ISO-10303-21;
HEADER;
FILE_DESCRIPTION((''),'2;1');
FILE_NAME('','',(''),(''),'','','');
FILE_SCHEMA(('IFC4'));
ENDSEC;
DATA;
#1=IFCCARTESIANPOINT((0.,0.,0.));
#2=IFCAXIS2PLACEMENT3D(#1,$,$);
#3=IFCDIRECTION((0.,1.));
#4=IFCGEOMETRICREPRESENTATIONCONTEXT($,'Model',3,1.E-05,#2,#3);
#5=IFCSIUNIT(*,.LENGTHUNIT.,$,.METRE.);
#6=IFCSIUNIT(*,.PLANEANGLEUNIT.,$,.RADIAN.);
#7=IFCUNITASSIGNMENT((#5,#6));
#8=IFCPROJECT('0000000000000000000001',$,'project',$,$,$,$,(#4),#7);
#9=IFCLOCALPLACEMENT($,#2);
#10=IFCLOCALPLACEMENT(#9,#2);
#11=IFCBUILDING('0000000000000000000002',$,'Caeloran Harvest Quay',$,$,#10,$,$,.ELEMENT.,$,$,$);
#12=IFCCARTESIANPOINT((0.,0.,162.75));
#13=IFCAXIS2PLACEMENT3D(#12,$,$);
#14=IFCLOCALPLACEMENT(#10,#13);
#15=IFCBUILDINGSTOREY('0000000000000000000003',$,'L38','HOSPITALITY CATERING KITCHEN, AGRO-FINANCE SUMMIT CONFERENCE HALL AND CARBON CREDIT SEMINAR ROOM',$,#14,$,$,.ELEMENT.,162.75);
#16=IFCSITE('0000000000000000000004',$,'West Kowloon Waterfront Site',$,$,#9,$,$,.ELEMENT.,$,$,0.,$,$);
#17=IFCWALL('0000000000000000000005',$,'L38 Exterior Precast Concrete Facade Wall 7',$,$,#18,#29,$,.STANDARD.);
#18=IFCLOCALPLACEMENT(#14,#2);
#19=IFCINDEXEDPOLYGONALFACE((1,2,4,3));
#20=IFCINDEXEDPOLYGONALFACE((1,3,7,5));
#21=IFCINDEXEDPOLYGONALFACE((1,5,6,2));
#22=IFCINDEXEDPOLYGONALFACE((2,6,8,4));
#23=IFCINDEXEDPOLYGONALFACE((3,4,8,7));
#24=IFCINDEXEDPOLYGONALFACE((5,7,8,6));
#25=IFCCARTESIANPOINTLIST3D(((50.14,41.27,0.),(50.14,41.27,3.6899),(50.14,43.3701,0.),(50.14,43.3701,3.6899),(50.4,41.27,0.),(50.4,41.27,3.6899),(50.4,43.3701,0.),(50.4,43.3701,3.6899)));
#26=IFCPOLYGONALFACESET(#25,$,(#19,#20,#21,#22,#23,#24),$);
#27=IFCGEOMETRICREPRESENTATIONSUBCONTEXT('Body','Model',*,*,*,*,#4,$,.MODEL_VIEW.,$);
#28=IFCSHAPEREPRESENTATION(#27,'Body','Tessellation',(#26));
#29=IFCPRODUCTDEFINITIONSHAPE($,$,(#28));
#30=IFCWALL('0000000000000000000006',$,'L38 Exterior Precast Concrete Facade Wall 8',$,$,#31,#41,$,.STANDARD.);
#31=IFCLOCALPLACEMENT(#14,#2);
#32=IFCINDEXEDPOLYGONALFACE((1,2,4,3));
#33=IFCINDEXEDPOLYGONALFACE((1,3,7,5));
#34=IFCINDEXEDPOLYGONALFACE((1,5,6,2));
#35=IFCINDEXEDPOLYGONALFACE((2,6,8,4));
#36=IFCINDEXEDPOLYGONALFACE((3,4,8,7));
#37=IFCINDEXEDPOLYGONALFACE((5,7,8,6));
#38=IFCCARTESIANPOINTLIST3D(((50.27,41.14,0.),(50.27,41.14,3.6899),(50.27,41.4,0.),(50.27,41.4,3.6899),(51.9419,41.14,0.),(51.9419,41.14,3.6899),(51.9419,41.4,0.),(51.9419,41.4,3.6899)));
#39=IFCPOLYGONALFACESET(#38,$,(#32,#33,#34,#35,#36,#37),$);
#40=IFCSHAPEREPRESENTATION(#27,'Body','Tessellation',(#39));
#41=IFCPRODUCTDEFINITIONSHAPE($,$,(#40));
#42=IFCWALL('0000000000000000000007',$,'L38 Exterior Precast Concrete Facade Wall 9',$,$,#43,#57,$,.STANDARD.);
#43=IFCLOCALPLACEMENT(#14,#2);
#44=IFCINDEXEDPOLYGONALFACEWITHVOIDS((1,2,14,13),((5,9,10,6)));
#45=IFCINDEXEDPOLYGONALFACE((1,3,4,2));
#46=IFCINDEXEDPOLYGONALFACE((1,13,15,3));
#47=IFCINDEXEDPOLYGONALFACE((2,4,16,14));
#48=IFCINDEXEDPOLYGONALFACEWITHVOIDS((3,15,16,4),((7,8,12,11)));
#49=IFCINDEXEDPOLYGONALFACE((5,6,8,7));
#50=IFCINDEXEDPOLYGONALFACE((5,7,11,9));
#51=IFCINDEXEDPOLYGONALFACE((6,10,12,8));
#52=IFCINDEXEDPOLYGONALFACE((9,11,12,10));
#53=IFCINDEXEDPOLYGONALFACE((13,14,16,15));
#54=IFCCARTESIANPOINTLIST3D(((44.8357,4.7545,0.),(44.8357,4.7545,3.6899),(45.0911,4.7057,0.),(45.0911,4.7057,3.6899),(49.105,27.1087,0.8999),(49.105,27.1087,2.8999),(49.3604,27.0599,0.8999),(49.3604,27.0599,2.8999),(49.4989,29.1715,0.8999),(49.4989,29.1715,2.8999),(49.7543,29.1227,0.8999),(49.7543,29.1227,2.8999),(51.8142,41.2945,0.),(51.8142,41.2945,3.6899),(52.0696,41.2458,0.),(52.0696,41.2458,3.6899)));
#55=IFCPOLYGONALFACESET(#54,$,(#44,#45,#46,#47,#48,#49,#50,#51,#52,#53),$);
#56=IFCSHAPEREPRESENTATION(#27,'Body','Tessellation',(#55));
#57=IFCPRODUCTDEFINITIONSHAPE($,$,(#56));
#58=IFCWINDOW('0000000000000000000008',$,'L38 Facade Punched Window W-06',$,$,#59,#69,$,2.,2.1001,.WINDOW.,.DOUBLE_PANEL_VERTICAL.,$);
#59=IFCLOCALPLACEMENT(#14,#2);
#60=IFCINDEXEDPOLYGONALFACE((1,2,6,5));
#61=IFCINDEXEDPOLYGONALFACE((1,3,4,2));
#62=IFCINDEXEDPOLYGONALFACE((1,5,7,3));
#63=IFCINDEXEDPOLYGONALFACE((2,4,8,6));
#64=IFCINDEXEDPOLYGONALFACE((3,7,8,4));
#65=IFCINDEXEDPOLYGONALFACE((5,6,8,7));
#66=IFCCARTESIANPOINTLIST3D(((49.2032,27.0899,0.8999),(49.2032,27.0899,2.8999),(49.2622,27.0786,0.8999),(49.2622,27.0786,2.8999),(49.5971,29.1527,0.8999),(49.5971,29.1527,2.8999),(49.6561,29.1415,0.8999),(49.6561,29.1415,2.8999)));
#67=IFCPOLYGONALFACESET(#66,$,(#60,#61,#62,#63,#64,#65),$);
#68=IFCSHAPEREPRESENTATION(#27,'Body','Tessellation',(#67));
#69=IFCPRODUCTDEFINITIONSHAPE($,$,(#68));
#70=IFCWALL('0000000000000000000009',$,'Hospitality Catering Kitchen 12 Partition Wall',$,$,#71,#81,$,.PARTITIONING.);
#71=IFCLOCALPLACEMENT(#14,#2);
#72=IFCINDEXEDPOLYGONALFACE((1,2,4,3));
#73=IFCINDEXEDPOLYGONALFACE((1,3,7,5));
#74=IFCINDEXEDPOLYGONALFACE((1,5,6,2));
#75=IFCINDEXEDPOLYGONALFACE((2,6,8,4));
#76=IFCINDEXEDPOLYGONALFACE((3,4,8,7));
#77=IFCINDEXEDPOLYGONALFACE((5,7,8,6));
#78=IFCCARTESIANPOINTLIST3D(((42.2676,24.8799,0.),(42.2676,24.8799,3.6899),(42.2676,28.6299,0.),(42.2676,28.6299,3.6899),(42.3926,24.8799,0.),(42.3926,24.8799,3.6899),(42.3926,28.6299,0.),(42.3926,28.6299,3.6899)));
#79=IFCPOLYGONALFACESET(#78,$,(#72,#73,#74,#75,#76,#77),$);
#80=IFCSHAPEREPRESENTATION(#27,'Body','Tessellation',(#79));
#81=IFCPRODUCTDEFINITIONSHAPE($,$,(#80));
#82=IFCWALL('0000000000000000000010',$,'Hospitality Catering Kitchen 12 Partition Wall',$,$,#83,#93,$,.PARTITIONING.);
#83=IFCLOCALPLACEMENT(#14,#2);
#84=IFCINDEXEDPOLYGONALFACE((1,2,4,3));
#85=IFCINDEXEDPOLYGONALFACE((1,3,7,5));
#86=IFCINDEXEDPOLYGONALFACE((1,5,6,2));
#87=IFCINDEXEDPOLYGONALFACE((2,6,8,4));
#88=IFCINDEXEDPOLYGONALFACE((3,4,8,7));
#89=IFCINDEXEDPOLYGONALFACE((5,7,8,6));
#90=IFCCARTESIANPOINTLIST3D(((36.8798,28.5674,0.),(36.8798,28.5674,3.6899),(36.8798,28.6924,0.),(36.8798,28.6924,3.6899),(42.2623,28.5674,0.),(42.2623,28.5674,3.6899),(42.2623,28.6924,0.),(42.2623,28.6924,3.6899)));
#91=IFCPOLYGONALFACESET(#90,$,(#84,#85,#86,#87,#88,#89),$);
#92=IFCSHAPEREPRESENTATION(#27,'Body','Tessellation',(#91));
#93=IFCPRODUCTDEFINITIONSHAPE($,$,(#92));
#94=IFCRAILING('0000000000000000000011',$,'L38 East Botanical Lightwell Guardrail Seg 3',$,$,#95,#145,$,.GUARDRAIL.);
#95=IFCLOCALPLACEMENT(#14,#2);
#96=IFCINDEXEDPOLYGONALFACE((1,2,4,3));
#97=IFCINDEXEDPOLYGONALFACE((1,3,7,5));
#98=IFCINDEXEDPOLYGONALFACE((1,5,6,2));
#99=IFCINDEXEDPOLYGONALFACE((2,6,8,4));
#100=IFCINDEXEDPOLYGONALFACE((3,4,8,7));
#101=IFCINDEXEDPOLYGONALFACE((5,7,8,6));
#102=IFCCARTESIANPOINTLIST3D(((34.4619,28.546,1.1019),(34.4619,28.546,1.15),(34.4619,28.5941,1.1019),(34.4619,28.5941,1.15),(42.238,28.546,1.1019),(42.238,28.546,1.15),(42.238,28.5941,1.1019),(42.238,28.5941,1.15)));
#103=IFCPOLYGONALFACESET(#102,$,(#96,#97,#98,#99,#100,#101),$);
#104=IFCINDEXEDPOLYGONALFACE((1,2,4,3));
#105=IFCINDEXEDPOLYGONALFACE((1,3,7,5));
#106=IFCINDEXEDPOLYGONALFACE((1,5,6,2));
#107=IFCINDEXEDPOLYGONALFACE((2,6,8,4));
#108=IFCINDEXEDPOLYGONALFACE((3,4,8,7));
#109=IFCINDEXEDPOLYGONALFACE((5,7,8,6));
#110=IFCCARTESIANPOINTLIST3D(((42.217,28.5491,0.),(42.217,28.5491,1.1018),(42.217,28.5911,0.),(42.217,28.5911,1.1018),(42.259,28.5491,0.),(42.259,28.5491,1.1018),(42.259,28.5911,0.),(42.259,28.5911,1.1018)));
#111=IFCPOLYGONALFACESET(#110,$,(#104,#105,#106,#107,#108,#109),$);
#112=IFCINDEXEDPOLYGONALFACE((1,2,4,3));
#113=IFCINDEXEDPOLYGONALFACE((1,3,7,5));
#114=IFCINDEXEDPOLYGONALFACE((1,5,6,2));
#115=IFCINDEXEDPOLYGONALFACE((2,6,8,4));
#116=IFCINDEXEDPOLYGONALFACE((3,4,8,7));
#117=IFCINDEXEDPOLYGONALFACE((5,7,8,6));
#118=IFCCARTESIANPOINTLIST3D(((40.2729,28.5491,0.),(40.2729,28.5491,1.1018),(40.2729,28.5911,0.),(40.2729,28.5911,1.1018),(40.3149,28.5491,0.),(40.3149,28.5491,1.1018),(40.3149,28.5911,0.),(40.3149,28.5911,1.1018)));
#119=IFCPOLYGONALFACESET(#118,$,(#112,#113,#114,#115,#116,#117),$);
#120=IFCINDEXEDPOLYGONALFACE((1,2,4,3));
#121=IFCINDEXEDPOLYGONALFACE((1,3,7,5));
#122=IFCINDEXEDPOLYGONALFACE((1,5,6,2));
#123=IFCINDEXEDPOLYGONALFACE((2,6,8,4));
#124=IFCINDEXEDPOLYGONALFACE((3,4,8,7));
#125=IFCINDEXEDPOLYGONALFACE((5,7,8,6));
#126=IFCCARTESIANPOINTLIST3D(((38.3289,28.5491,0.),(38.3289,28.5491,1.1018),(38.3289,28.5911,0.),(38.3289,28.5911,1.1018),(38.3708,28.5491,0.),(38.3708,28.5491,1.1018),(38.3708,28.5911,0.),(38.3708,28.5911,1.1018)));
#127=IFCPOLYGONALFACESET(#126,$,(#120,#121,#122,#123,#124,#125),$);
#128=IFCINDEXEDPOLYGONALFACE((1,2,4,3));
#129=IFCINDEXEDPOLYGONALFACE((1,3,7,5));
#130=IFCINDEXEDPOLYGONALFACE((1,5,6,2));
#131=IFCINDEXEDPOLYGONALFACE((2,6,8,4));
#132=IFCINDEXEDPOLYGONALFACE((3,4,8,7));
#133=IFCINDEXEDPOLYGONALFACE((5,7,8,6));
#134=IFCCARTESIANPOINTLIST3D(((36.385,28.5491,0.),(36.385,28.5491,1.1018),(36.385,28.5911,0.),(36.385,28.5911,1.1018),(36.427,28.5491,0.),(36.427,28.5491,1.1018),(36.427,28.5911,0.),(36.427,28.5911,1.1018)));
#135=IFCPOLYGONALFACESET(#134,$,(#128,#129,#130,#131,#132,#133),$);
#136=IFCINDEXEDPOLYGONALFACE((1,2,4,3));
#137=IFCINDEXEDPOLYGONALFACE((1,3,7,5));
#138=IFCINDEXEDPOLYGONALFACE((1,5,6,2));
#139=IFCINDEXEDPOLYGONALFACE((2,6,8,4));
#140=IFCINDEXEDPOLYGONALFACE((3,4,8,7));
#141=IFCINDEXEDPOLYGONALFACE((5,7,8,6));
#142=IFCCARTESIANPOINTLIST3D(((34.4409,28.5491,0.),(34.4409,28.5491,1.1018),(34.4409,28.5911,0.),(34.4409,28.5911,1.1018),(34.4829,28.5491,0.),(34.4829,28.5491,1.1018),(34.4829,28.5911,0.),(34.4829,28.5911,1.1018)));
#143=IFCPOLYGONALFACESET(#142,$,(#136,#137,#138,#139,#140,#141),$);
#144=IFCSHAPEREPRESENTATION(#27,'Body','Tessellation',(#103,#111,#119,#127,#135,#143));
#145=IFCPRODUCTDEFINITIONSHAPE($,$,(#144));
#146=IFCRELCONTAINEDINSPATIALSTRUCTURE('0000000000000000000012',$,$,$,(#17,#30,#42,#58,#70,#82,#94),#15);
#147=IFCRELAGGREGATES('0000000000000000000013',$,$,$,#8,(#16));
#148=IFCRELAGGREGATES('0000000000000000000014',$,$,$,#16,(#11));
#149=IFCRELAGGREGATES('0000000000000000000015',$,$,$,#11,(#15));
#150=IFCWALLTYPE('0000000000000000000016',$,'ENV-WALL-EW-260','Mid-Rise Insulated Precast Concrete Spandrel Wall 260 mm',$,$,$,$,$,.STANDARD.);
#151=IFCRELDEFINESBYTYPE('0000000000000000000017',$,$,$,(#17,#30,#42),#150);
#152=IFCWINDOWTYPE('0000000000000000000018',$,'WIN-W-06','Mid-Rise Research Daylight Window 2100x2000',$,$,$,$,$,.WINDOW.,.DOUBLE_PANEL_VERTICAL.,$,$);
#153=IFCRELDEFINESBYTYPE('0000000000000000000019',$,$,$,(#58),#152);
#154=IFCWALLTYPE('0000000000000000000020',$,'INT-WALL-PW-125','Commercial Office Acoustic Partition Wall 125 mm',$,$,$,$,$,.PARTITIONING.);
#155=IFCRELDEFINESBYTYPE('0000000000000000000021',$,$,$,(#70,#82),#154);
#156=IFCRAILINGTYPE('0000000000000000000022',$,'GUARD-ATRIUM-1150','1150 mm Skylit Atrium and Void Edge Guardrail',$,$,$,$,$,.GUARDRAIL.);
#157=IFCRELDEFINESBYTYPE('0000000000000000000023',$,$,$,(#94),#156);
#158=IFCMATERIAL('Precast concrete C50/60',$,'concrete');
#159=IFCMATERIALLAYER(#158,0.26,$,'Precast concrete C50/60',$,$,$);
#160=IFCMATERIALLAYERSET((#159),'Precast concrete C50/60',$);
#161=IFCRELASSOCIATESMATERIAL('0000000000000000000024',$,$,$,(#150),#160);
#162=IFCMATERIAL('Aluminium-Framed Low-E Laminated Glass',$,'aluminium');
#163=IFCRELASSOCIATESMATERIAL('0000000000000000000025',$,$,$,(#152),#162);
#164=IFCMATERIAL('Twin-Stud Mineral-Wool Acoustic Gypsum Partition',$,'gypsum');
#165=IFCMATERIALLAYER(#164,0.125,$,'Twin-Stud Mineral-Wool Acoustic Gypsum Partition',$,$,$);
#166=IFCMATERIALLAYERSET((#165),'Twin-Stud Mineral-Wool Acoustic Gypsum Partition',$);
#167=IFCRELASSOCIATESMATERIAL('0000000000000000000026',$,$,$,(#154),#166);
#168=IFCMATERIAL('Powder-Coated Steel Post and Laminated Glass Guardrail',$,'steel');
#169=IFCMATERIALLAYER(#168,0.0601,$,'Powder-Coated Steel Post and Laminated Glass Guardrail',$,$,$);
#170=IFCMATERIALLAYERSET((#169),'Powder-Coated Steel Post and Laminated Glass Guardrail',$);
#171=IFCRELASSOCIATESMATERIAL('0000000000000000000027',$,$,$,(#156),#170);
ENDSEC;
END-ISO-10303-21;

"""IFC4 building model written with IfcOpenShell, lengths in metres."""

from ifc_helpers import new_model, si_unit, direction, frame, frame_2d, origin, origin_2d, place, context, subcontext, project, spatial, rectangle, extrude, material, layer, layer_set, type_object, element, fill, save


model = new_model("IFC4")

# Units and contexts
model_context = context("Model", 3, precision=1e-05, world=origin(), true_north=direction((0.0, 1.0)))
body_context = subcontext(model_context, "Body", "Model", "MODEL_VIEW")
ifc_project = project(units=[si_unit("LENGTHUNIT", "METRE"), si_unit("PLANEANGLEUNIT", "RADIAN")], contexts=[model_context])

# Site, building, storey
site_placement = place(None, origin())
site = spatial("IfcSite", under=ifc_project, at=site_placement, Name="West Kowloon Waterfront Site", CompositionType="ELEMENT", RefElevation=0.0)
building_placement = place(site_placement, origin())
building = spatial("IfcBuilding", under=site, at=building_placement, Name="Caeloran Harvest Quay", CompositionType="ELEMENT")
storey_placement = place(building_placement, frame((0.0, 0.0, 162.75)))
storey = spatial("IfcBuildingStorey", under=building, at=storey_placement, Name="L38", Description="HOSPITALITY CATERING KITCHEN, AGRO-FINANCE SUMMIT CONFERENCE HALL AND CARBON CREDIT SEMINAR ROOM", CompositionType="ELEMENT", Elevation=162.75)

# Walls
ifc_material_1 = material(Name="Precast concrete C50/60", Category="concrete")
ifc_layer_1 = layer(ifc_material_1, 0.26, Name="Precast concrete C50/60")
ifc_layer_set_1 = layer_set([ifc_layer_1], Name="Precast concrete C50/60")
wall_type_1 = type_object("IfcWallType", Name="ENV-WALL-EW-260", Description="Mid-Rise Insulated Precast Concrete Spandrel Wall 260 mm", PredefinedType="STANDARD", material=ifc_layer_set_1)
wall_1_placement = place(storey_placement, frame((50.27, 43.3701, 0.0), z_axis=(0.0, 0.0, 1.0), x_axis=(0.0, -1.0, 0.0)))
element("IfcWall", 1, at=wall_1_placement, inside=storey, type_object=wall_type_1, Name="L38 Exterior Precast Concrete Facade Wall 7", PredefinedType="STANDARD", context=body_context, shape_type="SweptSolid", body=[
    extrude(rectangle(XDim=2.1001, YDim=0.26, at=frame_2d((1.05, 0.0))), origin(), (0.0, 0.0, 1.0), 3.6899),
])
wall_2_placement = place(storey_placement, frame((50.27, 41.27, 0.0), z_axis=(0.0, 0.0, 1.0), x_axis=(1.0, 0.0, 0.0)))
element("IfcWall", 2, at=wall_2_placement, inside=storey, type_object=wall_type_1, Name="L38 Exterior Precast Concrete Facade Wall 8", PredefinedType="STANDARD", context=body_context, shape_type="SweptSolid", body=[
    extrude(rectangle(XDim=1.6719, YDim=0.26, at=frame_2d((0.8359, 0.0))), origin(), (0.0, 0.0, 1.0), 3.6899),
])

# Wall, opening, window
wall_3_placement = place(storey_placement, frame((51.9419, 41.27, 0.0), z_axis=(0.0, 0.0, 1.0), x_axis=(-0.187592, -0.982247, 0.0)))
wall_3 = element("IfcWall", 3, at=wall_3_placement, inside=storey, type_object=wall_type_1, Name="L38 Exterior Precast Concrete Facade Wall 9", PredefinedType="STANDARD", context=body_context, shape_type="SweptSolid", body=[
    extrude(rectangle(XDim=37.2004, YDim=0.26, at=frame_2d((18.6001, 0.0))), origin(), (0.0, 0.0, 1.0), 3.6899),
])
opening_placement = place(wall_3_placement, frame((12.342, 0.0, 0.8999)))
opening = element("IfcOpeningElement", 4, at=opening_placement, cuts=wall_3, PredefinedType="OPENING", context=body_context, shape_type="SweptSolid", body=[
    extrude(rectangle(XDim=2.1001, YDim=2.0, at=frame_2d((1.05, 1.0))), frame((0.0, 0.1401, 0.0), z_axis=(0.0, -1.0, 0.0), x_axis=(1.0, 0.0, 0.0)), (0.0, 0.0, 1.0), 0.28),
])
ifc_material_2 = material(Name="Aluminium-Framed Low-E Laminated Glass", Category="aluminium")
window_type = type_object("IfcWindowType", Name="WIN-W-06", Description="Mid-Rise Research Daylight Window 2100x2000", PartitioningType="DOUBLE_PANEL_VERTICAL", PredefinedType="WINDOW", material=ifc_material_2)
window_placement = place(opening_placement, origin())
window = element("IfcWindow", 5, at=window_placement, inside=storey, type_object=window_type, Name="L38 Facade Punched Window W-06", OverallHeight=2.0, OverallWidth=2.1001, PartitioningType="DOUBLE_PANEL_VERTICAL", PredefinedType="WINDOW", context=body_context, shape_type="SweptSolid", body=[
    extrude(rectangle(XDim=2.1001, YDim=2.0, at=frame_2d((1.05, 1.0))), frame((0.0, 0.03, 0.0), z_axis=(0.0, -1.0, 0.0), x_axis=(1.0, 0.0, 0.0)), (0.0, 0.0, 1.0), 0.0601),
])
fill(opening, window)

# Walls
ifc_material_3 = material(Name="Twin-Stud Mineral-Wool Acoustic Gypsum Partition", Category="gypsum")
ifc_layer_2 = layer(ifc_material_3, 0.125, Name="Twin-Stud Mineral-Wool Acoustic Gypsum Partition")
ifc_layer_set_2 = layer_set([ifc_layer_2], Name="Twin-Stud Mineral-Wool Acoustic Gypsum Partition")
wall_type_2 = type_object("IfcWallType", Name="INT-WALL-PW-125", Description="Commercial Office Acoustic Partition Wall 125 mm", PredefinedType="PARTITIONING", material=ifc_layer_set_2)
wall_4_placement = place(storey_placement, frame((42.3301, 24.8799, 0.0), z_axis=(0.0, 0.0, 1.0), x_axis=(0.0, 1.0, 0.0)))
element("IfcWall", 6, at=wall_4_placement, inside=storey, type_object=wall_type_2, Name="Hospitality Catering Kitchen 12 Partition Wall", PredefinedType="PARTITIONING", context=body_context, shape_type="SweptSolid", body=[
    extrude(rectangle(XDim=3.75, YDim=0.125, at=frame_2d((1.875, 0.0))), origin(), (0.0, 0.0, 1.0), 3.6899),
])
wall_5_placement = place(storey_placement, frame((42.2625, 28.6299, 0.0), z_axis=(0.0, 0.0, 1.0), x_axis=(-1.0, 0.0, 0.0)))
element("IfcWall", 7, at=wall_5_placement, inside=storey, type_object=wall_type_2, Name="Hospitality Catering Kitchen 12 Partition Wall", PredefinedType="PARTITIONING", context=body_context, shape_type="SweptSolid", body=[
    extrude(rectangle(XDim=5.3826, YDim=0.125, at=frame_2d((2.6914, 0.0))), origin(), (0.0, 0.0, 1.0), 3.6899),
])

# Railing
ifc_material_4 = material(Name="Powder-Coated Steel Post and Laminated Glass Guardrail", Category="steel")
ifc_layer_3 = layer(ifc_material_4, 0.0601, Name="Powder-Coated Steel Post and Laminated Glass Guardrail")
ifc_layer_set_3 = layer_set([ifc_layer_3], Name="Powder-Coated Steel Post and Laminated Glass Guardrail")
railing_type = type_object("IfcRailingType", Name="GUARD-ATRIUM-1150", Description="1150 mm Skylit Atrium and Void Edge Guardrail", PredefinedType="GUARDRAIL", material=ifc_layer_set_3)
railing_placement = place(storey_placement, frame((42.238, 28.5701, 0.0)))
element("IfcRailing", 8, at=railing_placement, inside=storey, type_object=railing_type, Name="L38 East Botanical Lightwell Guardrail Seg 3", PredefinedType="GUARDRAIL", context=body_context, shape_type="SweptSolid", body=[
    extrude(rectangle(XDim=0.0481, YDim=0.0481, at=origin_2d()), frame((0.0, 0.0, 1.126), z_axis=(-1.0, 0.0, 0.0), x_axis=(0.0, -1.0, 0.0)), (0.0, 0.0, 1.0), 7.7761),
    extrude(rectangle(XDim=0.042, YDim=0.042, at=origin_2d()), origin(), (0.0, 0.0, 1.0), 1.1018),
    extrude(rectangle(XDim=0.042, YDim=0.042, at=origin_2d()), frame((-1.9441, 0.0, 0.0)), (0.0, 0.0, 1.0), 1.1018),
    extrude(rectangle(XDim=0.042, YDim=0.042, at=origin_2d()), frame((-3.8882, 0.0, 0.0)), (0.0, 0.0, 1.0), 1.1018),
    extrude(rectangle(XDim=0.042, YDim=0.042, at=origin_2d()), frame((-5.832, 0.0, 0.0)), (0.0, 0.0, 1.0), 1.1018),
    extrude(rectangle(XDim=0.042, YDim=0.042, at=origin_2d()), frame((-7.7761, 0.0, 0.0)), (0.0, 0.0, 1.0), 1.1018),
])

save(model, "model.ifc")
